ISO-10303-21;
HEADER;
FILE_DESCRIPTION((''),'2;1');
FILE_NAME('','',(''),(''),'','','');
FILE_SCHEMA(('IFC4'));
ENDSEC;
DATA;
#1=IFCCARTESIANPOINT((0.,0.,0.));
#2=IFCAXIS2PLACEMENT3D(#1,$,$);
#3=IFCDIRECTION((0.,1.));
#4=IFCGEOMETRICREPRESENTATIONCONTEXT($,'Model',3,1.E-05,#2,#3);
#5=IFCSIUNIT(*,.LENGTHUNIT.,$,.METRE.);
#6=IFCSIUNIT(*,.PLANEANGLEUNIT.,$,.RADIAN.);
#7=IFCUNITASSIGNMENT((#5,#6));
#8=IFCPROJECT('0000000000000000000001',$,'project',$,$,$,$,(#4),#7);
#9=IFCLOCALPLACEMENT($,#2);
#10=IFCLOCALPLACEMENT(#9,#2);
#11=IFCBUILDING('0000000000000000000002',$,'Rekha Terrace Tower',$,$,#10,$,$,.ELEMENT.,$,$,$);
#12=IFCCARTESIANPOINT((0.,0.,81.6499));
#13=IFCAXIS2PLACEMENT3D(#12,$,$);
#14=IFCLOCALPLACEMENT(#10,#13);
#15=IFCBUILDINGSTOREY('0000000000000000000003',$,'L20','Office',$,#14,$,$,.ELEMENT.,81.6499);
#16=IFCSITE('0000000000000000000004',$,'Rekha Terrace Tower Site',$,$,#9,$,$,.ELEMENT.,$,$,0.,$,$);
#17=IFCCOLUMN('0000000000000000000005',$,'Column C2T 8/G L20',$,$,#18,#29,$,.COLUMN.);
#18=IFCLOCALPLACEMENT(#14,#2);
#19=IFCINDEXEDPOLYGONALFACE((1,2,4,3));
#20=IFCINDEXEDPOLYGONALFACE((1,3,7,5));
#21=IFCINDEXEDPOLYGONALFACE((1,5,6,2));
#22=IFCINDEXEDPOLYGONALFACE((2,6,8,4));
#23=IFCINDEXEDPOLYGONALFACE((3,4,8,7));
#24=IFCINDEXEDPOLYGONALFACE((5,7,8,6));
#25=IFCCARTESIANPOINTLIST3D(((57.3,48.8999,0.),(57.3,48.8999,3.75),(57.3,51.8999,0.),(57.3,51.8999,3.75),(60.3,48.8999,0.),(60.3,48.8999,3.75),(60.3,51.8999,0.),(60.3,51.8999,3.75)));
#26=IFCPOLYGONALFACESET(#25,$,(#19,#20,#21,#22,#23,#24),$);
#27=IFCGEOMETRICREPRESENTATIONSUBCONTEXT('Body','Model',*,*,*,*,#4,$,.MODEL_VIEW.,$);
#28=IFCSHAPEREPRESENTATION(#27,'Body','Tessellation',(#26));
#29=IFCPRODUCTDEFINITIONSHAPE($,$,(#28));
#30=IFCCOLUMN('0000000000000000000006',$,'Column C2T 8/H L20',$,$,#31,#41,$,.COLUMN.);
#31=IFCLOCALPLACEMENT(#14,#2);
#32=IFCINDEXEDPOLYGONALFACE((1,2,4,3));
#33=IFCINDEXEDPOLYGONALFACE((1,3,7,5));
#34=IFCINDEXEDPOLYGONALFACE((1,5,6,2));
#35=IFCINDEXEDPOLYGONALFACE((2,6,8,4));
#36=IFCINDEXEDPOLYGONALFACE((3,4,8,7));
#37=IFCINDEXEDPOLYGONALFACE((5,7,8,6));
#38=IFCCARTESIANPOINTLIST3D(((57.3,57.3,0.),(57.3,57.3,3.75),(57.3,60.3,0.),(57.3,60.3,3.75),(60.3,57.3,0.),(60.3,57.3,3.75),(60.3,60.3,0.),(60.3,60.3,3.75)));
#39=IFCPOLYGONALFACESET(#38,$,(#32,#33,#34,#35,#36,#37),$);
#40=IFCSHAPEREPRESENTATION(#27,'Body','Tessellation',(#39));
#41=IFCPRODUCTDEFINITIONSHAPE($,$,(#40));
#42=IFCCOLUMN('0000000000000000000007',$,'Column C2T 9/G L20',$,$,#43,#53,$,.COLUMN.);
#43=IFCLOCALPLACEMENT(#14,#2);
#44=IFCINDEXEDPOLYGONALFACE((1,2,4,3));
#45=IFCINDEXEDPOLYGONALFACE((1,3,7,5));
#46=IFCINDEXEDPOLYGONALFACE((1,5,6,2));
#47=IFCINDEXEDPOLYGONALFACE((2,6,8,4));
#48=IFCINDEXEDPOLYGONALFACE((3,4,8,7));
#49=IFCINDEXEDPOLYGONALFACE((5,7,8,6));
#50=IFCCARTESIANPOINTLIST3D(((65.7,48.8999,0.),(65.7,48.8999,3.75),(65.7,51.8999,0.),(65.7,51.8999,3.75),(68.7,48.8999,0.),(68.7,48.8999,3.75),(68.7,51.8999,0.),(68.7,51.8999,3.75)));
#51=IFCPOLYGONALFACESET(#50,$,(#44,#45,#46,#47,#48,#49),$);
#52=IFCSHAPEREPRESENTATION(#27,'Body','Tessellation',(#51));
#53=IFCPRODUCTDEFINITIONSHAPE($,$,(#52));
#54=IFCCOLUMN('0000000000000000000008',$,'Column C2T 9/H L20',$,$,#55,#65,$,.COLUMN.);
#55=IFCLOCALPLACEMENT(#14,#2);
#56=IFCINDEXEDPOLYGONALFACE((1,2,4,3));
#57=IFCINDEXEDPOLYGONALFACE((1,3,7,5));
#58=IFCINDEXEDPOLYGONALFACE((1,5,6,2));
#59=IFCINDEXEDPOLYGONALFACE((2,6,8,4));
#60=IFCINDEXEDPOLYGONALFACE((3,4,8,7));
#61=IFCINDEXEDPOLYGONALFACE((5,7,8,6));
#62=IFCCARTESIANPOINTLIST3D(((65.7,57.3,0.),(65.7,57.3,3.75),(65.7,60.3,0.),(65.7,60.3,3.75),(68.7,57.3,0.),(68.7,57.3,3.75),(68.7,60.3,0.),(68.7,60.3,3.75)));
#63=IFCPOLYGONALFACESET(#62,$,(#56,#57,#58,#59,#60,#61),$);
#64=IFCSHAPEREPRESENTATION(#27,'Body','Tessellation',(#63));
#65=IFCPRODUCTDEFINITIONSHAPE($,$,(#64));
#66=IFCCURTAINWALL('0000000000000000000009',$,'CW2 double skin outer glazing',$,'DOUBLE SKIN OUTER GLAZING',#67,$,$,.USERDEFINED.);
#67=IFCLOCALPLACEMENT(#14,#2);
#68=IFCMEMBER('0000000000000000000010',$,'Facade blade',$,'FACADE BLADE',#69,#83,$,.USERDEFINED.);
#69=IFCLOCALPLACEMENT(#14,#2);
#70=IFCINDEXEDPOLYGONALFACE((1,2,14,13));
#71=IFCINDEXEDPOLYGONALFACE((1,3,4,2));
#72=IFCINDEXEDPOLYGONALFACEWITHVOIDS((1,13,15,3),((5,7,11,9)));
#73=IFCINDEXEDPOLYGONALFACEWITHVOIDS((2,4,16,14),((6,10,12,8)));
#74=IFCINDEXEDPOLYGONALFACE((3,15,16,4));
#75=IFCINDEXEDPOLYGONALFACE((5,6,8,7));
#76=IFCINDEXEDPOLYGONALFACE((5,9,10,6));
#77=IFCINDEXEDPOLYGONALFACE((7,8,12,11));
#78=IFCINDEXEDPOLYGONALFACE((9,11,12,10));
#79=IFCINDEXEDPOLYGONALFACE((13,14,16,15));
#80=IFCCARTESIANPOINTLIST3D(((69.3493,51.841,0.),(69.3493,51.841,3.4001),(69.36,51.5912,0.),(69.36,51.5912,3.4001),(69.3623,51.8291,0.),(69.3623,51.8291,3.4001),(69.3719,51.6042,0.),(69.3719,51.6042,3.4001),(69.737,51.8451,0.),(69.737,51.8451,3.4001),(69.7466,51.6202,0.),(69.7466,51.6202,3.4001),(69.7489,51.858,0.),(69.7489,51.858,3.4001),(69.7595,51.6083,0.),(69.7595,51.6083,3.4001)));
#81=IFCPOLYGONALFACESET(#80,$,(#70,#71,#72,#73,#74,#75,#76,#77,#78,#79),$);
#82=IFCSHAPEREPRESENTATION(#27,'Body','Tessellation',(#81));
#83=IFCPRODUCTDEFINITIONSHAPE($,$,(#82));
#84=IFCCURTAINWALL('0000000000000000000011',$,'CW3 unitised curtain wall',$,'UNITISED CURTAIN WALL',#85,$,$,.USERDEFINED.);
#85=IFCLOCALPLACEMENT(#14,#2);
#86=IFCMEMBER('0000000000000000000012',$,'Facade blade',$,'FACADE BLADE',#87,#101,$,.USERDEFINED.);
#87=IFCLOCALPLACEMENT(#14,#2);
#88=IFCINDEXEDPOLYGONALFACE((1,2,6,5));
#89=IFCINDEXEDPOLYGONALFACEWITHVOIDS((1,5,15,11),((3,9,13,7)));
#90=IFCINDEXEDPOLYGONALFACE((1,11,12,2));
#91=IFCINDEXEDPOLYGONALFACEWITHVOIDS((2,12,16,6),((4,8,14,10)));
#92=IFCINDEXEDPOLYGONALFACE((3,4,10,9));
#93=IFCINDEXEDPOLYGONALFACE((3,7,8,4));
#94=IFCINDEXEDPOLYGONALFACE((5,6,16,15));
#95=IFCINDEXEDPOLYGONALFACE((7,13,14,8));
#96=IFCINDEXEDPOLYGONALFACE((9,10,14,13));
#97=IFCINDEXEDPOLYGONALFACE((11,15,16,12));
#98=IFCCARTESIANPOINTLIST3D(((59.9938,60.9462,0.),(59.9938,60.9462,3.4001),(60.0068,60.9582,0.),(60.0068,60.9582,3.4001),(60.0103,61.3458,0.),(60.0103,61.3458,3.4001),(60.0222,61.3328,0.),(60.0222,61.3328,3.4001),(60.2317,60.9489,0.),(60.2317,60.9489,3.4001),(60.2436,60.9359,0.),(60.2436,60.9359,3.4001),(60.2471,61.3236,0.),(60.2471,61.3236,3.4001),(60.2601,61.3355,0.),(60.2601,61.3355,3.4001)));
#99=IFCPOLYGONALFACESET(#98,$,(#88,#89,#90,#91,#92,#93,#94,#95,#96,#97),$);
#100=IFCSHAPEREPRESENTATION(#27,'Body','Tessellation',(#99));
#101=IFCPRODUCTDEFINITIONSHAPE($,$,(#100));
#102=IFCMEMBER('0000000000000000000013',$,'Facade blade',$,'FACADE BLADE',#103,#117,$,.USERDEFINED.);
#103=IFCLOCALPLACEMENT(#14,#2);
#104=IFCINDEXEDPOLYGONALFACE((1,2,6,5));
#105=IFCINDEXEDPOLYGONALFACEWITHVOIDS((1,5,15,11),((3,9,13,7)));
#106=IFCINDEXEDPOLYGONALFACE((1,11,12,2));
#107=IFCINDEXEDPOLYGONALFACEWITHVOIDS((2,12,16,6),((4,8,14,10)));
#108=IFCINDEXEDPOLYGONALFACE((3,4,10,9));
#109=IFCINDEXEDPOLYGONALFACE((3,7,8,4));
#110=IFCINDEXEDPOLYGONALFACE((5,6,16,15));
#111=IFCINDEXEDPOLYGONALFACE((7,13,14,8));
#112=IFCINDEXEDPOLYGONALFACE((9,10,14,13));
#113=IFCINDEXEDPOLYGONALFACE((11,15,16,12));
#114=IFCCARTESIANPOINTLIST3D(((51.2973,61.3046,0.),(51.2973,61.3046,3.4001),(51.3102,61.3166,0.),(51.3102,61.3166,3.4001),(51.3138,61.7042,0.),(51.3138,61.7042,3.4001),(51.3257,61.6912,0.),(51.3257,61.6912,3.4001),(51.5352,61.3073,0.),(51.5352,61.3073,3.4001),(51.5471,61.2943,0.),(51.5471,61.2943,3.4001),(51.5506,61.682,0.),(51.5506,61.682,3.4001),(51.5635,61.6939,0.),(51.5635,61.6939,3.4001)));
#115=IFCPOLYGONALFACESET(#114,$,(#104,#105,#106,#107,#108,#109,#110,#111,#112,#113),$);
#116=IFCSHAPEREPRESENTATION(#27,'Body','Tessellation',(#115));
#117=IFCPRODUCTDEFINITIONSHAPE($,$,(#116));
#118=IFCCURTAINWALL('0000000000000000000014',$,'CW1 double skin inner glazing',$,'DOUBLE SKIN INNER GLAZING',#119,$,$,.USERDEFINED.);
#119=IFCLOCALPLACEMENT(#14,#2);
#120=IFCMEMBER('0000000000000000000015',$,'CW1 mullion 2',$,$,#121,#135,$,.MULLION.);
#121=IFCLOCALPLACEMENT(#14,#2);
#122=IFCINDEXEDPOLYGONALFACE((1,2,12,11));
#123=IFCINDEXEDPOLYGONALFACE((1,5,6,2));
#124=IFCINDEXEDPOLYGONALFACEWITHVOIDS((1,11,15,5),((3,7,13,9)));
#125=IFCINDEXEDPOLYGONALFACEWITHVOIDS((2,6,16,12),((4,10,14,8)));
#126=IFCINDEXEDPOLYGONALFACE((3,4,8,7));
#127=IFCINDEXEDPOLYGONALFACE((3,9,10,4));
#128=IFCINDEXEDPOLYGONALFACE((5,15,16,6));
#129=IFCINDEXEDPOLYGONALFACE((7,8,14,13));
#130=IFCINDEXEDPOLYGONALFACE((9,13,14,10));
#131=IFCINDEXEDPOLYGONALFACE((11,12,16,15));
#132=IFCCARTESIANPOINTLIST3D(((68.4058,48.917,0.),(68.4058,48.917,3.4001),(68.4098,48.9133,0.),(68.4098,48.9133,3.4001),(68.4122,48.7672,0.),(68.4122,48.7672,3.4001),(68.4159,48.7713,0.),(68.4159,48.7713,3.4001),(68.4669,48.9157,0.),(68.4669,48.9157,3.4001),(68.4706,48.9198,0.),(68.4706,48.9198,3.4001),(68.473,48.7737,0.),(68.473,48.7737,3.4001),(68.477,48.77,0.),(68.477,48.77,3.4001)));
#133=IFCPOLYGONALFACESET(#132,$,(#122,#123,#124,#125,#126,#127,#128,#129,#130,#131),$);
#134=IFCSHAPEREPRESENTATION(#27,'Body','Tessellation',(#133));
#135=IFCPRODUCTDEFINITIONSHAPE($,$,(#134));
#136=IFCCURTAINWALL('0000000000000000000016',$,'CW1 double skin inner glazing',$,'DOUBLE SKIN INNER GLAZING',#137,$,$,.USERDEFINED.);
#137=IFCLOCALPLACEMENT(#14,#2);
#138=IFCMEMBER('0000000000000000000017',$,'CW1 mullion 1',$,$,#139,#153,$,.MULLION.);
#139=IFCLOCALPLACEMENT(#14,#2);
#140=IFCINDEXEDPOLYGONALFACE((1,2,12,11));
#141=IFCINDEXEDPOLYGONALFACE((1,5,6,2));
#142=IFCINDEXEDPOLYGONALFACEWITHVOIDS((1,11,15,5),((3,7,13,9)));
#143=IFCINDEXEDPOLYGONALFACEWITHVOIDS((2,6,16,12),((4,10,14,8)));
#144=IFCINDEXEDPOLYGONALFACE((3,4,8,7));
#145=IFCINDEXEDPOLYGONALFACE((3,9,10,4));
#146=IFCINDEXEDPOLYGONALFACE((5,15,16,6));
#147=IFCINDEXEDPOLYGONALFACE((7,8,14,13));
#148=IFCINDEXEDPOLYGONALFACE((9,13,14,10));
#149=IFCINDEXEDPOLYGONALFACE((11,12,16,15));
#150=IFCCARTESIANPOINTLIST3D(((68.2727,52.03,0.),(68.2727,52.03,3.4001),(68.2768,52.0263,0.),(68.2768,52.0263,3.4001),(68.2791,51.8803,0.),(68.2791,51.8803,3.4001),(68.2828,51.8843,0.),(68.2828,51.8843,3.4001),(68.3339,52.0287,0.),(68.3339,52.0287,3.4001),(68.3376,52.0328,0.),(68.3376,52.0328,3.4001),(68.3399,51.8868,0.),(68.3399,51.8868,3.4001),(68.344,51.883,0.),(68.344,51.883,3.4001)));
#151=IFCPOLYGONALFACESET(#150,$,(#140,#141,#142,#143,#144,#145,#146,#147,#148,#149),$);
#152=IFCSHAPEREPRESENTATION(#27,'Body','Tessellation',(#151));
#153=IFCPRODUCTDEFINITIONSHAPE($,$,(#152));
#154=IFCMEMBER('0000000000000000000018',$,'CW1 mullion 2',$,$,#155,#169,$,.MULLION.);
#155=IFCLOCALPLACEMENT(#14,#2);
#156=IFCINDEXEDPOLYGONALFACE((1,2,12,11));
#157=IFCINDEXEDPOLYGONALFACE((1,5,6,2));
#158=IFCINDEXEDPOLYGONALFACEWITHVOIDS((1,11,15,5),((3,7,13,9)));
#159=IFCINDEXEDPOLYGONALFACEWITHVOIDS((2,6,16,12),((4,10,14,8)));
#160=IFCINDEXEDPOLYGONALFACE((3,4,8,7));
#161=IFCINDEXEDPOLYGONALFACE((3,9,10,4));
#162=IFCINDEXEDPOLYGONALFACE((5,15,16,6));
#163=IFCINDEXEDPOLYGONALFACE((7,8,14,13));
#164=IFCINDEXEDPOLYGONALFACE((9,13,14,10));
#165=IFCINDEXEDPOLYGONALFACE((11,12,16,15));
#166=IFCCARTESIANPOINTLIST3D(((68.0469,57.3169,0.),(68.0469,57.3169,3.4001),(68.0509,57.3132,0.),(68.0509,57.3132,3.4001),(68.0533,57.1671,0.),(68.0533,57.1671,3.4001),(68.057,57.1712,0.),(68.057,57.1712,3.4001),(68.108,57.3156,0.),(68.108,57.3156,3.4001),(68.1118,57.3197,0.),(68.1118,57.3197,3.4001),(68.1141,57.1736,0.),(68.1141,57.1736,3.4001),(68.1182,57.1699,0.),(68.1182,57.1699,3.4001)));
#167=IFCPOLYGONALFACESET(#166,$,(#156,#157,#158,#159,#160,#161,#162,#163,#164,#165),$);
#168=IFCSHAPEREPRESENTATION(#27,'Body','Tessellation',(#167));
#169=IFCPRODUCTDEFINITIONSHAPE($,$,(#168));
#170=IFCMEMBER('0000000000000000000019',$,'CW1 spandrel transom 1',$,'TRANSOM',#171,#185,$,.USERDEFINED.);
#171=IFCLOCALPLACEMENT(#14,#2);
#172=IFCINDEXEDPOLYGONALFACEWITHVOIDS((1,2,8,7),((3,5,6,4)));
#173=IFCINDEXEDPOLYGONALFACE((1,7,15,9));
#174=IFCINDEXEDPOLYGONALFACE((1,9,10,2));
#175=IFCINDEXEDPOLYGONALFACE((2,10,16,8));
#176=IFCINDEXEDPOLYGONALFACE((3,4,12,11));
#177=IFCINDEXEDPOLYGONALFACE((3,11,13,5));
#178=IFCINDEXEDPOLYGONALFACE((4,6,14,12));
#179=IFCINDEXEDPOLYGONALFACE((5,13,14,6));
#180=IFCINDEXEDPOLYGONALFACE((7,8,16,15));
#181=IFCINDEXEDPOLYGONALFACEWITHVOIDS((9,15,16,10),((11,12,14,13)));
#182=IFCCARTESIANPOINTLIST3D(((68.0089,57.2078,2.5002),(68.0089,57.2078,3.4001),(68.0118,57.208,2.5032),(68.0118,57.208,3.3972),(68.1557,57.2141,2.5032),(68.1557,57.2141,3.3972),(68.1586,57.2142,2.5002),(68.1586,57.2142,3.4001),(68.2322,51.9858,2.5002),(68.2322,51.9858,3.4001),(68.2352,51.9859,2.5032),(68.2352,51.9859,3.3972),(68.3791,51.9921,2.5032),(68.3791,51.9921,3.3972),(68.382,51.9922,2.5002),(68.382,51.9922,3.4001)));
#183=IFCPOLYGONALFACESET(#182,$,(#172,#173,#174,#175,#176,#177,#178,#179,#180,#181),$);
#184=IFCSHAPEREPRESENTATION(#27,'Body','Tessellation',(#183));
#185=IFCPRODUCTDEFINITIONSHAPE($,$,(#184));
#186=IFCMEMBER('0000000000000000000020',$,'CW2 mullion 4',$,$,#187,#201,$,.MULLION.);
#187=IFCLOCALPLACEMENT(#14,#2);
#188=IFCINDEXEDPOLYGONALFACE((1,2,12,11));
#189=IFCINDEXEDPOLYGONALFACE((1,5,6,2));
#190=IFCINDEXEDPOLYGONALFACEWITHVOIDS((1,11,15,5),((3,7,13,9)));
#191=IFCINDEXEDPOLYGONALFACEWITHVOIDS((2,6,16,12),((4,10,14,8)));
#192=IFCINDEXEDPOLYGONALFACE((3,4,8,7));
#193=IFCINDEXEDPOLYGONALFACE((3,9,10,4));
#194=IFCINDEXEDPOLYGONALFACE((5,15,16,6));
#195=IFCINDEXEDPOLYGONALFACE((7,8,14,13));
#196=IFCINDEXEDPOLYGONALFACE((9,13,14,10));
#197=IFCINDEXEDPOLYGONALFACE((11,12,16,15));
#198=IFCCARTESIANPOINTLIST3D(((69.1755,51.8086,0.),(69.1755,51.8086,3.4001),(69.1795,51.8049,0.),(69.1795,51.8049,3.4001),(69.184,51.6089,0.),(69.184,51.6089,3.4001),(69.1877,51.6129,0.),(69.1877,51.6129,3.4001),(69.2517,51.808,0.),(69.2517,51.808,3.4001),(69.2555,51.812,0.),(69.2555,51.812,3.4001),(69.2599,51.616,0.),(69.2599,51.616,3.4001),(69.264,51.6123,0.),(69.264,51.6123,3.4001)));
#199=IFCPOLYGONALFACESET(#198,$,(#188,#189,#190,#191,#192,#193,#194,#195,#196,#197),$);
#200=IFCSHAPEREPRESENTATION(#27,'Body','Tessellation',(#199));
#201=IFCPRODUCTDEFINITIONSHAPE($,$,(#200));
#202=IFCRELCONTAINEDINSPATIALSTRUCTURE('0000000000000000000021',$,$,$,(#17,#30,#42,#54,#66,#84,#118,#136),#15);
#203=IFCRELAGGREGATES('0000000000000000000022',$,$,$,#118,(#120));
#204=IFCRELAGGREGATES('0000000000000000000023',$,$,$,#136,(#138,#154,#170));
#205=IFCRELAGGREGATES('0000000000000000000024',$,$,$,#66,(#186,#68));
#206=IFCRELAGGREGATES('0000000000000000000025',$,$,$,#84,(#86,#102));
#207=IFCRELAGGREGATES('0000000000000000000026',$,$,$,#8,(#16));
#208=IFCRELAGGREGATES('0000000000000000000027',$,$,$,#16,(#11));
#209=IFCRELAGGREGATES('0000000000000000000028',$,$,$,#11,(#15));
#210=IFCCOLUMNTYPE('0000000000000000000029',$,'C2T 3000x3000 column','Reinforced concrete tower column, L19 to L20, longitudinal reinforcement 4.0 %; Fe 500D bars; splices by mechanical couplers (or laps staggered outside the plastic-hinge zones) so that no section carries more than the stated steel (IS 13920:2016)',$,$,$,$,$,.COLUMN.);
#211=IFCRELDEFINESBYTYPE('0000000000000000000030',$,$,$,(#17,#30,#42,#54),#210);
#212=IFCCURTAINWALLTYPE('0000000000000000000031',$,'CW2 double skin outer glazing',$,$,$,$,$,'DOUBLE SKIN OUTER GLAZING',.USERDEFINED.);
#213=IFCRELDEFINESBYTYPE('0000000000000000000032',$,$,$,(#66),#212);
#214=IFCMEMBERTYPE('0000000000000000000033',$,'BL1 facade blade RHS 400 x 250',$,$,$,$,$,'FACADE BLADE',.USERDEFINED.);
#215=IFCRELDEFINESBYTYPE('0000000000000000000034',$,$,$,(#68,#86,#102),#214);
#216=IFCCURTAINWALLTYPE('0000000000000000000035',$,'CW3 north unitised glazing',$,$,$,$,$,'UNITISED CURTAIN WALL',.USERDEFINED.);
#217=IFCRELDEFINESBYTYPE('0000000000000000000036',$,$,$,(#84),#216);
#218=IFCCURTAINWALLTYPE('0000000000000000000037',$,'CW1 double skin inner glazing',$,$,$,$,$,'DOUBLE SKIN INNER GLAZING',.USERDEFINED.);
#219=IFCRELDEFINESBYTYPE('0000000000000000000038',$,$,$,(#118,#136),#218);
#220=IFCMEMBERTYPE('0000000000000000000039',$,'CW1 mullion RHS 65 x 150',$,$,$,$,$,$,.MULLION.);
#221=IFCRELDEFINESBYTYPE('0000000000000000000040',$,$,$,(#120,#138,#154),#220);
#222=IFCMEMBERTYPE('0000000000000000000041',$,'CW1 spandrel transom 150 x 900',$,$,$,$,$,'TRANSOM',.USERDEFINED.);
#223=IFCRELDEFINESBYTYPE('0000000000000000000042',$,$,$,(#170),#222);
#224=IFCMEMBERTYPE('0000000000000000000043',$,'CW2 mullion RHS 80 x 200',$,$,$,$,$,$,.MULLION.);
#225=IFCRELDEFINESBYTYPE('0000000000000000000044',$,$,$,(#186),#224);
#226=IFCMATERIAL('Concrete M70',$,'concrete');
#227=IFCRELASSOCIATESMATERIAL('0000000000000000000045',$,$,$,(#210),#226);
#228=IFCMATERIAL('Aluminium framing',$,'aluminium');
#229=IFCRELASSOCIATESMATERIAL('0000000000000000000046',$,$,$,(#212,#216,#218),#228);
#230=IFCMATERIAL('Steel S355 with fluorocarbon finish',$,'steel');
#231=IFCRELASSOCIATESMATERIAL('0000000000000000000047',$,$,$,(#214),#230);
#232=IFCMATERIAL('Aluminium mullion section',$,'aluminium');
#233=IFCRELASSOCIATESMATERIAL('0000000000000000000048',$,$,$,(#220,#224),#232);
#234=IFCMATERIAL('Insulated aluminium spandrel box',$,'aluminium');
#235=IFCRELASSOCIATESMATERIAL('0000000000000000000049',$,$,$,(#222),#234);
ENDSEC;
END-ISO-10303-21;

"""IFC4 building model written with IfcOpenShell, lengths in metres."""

from ifc_helpers import new_model, si_unit, direction, frame, origin, origin_2d, place, context, subcontext, project, spatial, rectangle, hollow_rectangle, extrude, material, material_profile, profile_set, type_object, element, aggregate, save


model = new_model("IFC4")

# Units and contexts
model_context = context("Model", 3, precision=1e-05, world=origin(), true_north=direction((0.0, 1.0)))
body_context = subcontext(model_context, "Body", "Model", "MODEL_VIEW")
ifc_project = project(units=[si_unit("LENGTHUNIT", "METRE"), si_unit("PLANEANGLEUNIT", "RADIAN")], contexts=[model_context])

# Site, building, storey
site_placement = place(None, origin())
site = spatial("IfcSite", under=ifc_project, at=site_placement, Name="Rekha Terrace Tower Site", CompositionType="ELEMENT", RefElevation=0.0)
building_placement = place(site_placement, origin())
building = spatial("IfcBuilding", under=site, at=building_placement, Name="Rekha Terrace Tower", CompositionType="ELEMENT")
storey_placement = place(building_placement, frame((0.0, 0.0, 81.6499)))
storey = spatial("IfcBuildingStorey", under=building, at=storey_placement, Name="L20", Description="Office", CompositionType="ELEMENT", Elevation=81.6499)

# Columns
ifc_material_1 = material(Name="Concrete M70", Category="concrete")
ifc_material_profile_1 = material_profile(ifc_material_1, rectangle(XDim=3.0, YDim=3.0, at=origin_2d()), Name="RC 3000x3000")
ifc_profile_set_1 = profile_set([ifc_material_profile_1], Name="Concrete M70")
column_type = type_object("IfcColumnType", Name="C2T 3000x3000 column", Description="Reinforced concrete tower column, L19 to L20, longitudinal reinforcement 4.0 %; Fe 500D bars; splices by mechanical couplers (or laps staggered outside the plastic-hinge zones) so that no section carries more than the stated steel (IS 13920:2016)", PredefinedType="COLUMN", material=ifc_profile_set_1)
for number, where, z_axis, x_axis, name in (
    (1, (58.8, 50.3999, 0.0), (0.0, 0.0, 1.0), (1.0, 0.0, 0.0), "Column C2T 8/G L20"),
    (2, (58.8, 58.8, 0.0), (0.0, 0.0, 1.0), (1.0, 0.0, 0.0), "Column C2T 8/H L20"),
    (3, (67.2, 50.3999, 0.0), (0.0, 0.0, 1.0), (1.0, 0.0, 0.0), "Column C2T 9/G L20"),
    (4, (67.2, 58.8, 0.0), (0.0, 0.0, 1.0), (1.0, 0.0, 0.0), "Column C2T 9/H L20"),
):
    element("IfcColumn", number, at=place(storey_placement, frame(where, z_axis=z_axis, x_axis=x_axis)), inside=storey, type_object=column_type, Name=name, PredefinedType="COLUMN", context=body_context, shape_type="SweptSolid", body=[
        extrude(rectangle(XDim=3.0, YDim=3.0, at=origin_2d()), origin(), (0.0, 0.0, 1.0), 3.75),
    ])

# Curtain wall, member
ifc_material_2 = material(Name="Aluminium framing", Category="aluminium")
curtain_wall_type_1 = type_object("IfcCurtainWallType", Name="CW2 double skin outer glazing", ElementType="DOUBLE SKIN OUTER GLAZING", PredefinedType="USERDEFINED", material=ifc_material_2)
curtain_wall_1_placement = place(storey_placement, origin())
curtain_wall_1 = element("IfcCurtainWall", 5, at=curtain_wall_1_placement, inside=storey, type_object=curtain_wall_type_1, Name="CW2 double skin outer glazing", ObjectType="DOUBLE SKIN OUTER GLAZING", PredefinedType="USERDEFINED")
ifc_material_3 = material(Name="Steel S355 with fluorocarbon finish", Category="steel")
ifc_material_profile_2 = material_profile(ifc_material_3, hollow_rectangle(XDim=0.25, YDim=0.3999, WallThickness=0.0125, at=origin_2d()), Name="RHS400x250x12.5")
ifc_profile_set_2 = profile_set([ifc_material_profile_2], Name="Steel S355 with fluorocarbon finish")
member_type_1 = type_object("IfcMemberType", Name="BL1 facade blade RHS 400 x 250", ElementType="FACADE BLADE", PredefinedType="USERDEFINED", material=ifc_profile_set_2)
member_1_placement = place(storey_placement, frame((69.5544, 51.7246, 0.0), z_axis=(0.0, 0.0, 1.0), x_axis=(-0.042695, 0.999088, 0.0)))
member_1 = element("IfcMember", 6, at=member_1_placement, type_object=member_type_1, Name="Facade blade", ObjectType="FACADE BLADE", PredefinedType="USERDEFINED", context=body_context, shape_type="SweptSolid", body=[
    extrude(hollow_rectangle(XDim=0.25, YDim=0.3999, WallThickness=0.0125, at=origin_2d()), origin(), (0.0, 0.0, 1.0), 3.4001),
])

# Curtain wall, members
curtain_wall_type_2 = type_object("IfcCurtainWallType", Name="CW3 north unitised glazing", ElementType="UNITISED CURTAIN WALL", PredefinedType="USERDEFINED", material=ifc_material_2)
curtain_wall_2_placement = place(storey_placement, origin())
curtain_wall_2 = element("IfcCurtainWall", 7, at=curtain_wall_2_placement, inside=storey, type_object=curtain_wall_type_2, Name="CW3 unitised curtain wall", ObjectType="UNITISED CURTAIN WALL", PredefinedType="USERDEFINED")
member_2_placement = place(storey_placement, frame((60.127, 61.1409, 0.0), z_axis=(0.0, 0.0, 1.0), x_axis=(-0.999152, 0.041175, 0.0)))
member_2 = element("IfcMember", 8, at=member_2_placement, type_object=member_type_1, Name="Facade blade", ObjectType="FACADE BLADE", PredefinedType="USERDEFINED", context=body_context, shape_type="SweptSolid", body=[
    extrude(hollow_rectangle(XDim=0.25, YDim=0.3999, WallThickness=0.0125, at=origin_2d()), origin(), (0.0, 0.0, 1.0), 3.4001),
])
member_3_placement = place(storey_placement, frame((51.4304, 61.4993, 0.0), z_axis=(0.0, 0.0, 1.0), x_axis=(-0.999152, 0.041175, 0.0)))
member_3 = element("IfcMember", 9, at=member_3_placement, type_object=member_type_1, Name="Facade blade", ObjectType="FACADE BLADE", PredefinedType="USERDEFINED", context=body_context, shape_type="SweptSolid", body=[
    extrude(hollow_rectangle(XDim=0.25, YDim=0.3999, WallThickness=0.0125, at=origin_2d()), origin(), (0.0, 0.0, 1.0), 3.4001),
])

# Curtain wall, member
curtain_wall_type_3 = type_object("IfcCurtainWallType", Name="CW1 double skin inner glazing", ElementType="DOUBLE SKIN INNER GLAZING", PredefinedType="USERDEFINED", material=ifc_material_2)
curtain_wall_3_placement = place(storey_placement, origin())
curtain_wall_3 = element("IfcCurtainWall", 10, at=curtain_wall_3_placement, inside=storey, type_object=curtain_wall_type_3, Name="CW1 double skin inner glazing", ObjectType="DOUBLE SKIN INNER GLAZING", PredefinedType="USERDEFINED")
ifc_material_4 = material(Name="Aluminium mullion section", Category="aluminium")
ifc_material_profile_3 = material_profile(ifc_material_4, hollow_rectangle(XDim=0.0649, YDim=0.1499, WallThickness=0.0039, at=origin_2d()), Name="AL RHS 65x150")
ifc_profile_set_3 = profile_set([ifc_material_profile_3], Name="Aluminium mullion section")
member_type_2 = type_object("IfcMemberType", Name="CW1 mullion RHS 65 x 150", PredefinedType="MULLION", material=ifc_profile_set_3)
member_4_placement = place(storey_placement, frame((68.4414, 48.8435, 0.0), z_axis=(0.0, 0.0, 1.0), x_axis=(-0.999088, -0.042696, 0.0)))
member_4 = element("IfcMember", 11, at=member_4_placement, type_object=member_type_2, Name="CW1 mullion 2", PredefinedType="MULLION", context=body_context, shape_type="SweptSolid", body=[
    extrude(hollow_rectangle(XDim=0.0649, YDim=0.1499, WallThickness=0.0039, at=origin_2d()), origin(), (0.0, 0.0, 1.0), 3.4001),
])
aggregate(curtain_wall_3, [member_4])

# Curtain wall, members
curtain_wall_4_placement = place(storey_placement, origin())
curtain_wall_4 = element("IfcCurtainWall", 12, at=curtain_wall_4_placement, inside=storey, type_object=curtain_wall_type_3, Name="CW1 double skin inner glazing", ObjectType="DOUBLE SKIN INNER GLAZING", PredefinedType="USERDEFINED")
member_5_placement = place(storey_placement, frame((68.3083, 51.9565, 0.0), z_axis=(0.0, 0.0, 1.0), x_axis=(-0.999088, -0.042696, 0.0)))
member_5 = element("IfcMember", 13, at=member_5_placement, type_object=member_type_2, Name="CW1 mullion 1", PredefinedType="MULLION", context=body_context, shape_type="SweptSolid", body=[
    extrude(hollow_rectangle(XDim=0.0649, YDim=0.1499, WallThickness=0.0039, at=origin_2d()), origin(), (0.0, 0.0, 1.0), 3.4001),
])
member_6_placement = place(storey_placement, frame((68.0825, 57.2434, 0.0), z_axis=(0.0, 0.0, 1.0), x_axis=(-0.999088, -0.042696, 0.0)))
member_6 = element("IfcMember", 14, at=member_6_placement, type_object=member_type_2, Name="CW1 mullion 2", PredefinedType="MULLION", context=body_context, shape_type="SweptSolid", body=[
    extrude(hollow_rectangle(XDim=0.0649, YDim=0.1499, WallThickness=0.0039, at=origin_2d()), origin(), (0.0, 0.0, 1.0), 3.4001),
])
ifc_material_5 = material(Name="Insulated aluminium spandrel box", Category="aluminium")
ifc_material_profile_4 = material_profile(ifc_material_5, hollow_rectangle(XDim=0.1499, YDim=0.8999, WallThickness=0.0029, at=origin_2d()), Name="AL SPANDREL BOX 150x900")
ifc_profile_set_4 = profile_set([ifc_material_profile_4], Name="Insulated aluminium spandrel box")
member_type_3 = type_object("IfcMemberType", Name="CW1 spandrel transom 150 x 900", ElementType="TRANSOM", PredefinedType="USERDEFINED", material=ifc_profile_set_4)
member_7_placement = place(storey_placement, frame((68.3071, 51.989, 2.9502), z_axis=(-0.04274, 0.999086, 0.0), x_axis=(-0.999086, -0.04274, 0.0)))
member_7 = element("IfcMember", 15, at=member_7_placement, type_object=member_type_3, Name="CW1 spandrel transom 1", ObjectType="TRANSOM", PredefinedType="USERDEFINED", context=body_context, shape_type="SweptSolid", body=[
    extrude(hollow_rectangle(XDim=0.1499, YDim=0.8999, WallThickness=0.0029, at=origin_2d()), origin(), (0.0, 0.0, 1.0), 5.2268),
])

# Member
ifc_material_profile_5 = material_profile(ifc_material_4, hollow_rectangle(XDim=0.0801, YDim=0.2, WallThickness=0.0039, at=origin_2d()), Name="AL RHS 80x200")
ifc_profile_set_5 = profile_set([ifc_material_profile_5], Name="Aluminium mullion section")
member_type_4 = type_object("IfcMemberType", Name="CW2 mullion RHS 80 x 200", PredefinedType="MULLION", material=ifc_profile_set_5)
member_8_placement = place(storey_placement, frame((69.2197, 51.7104, 0.0), z_axis=(0.0, 0.0, 1.0), x_axis=(-0.999088, -0.042696, 0.0)))
member_8 = element("IfcMember", 16, at=member_8_placement, type_object=member_type_4, Name="CW2 mullion 4", PredefinedType="MULLION", context=body_context, shape_type="SweptSolid", body=[
    extrude(hollow_rectangle(XDim=0.0801, YDim=0.2, WallThickness=0.0039, at=origin_2d()), origin(), (0.0, 0.0, 1.0), 3.4001),
])

aggregate(curtain_wall_4, [member_5, member_6, member_7])
aggregate(curtain_wall_1, [member_8, member_1])
aggregate(curtain_wall_2, [member_2, member_3])

save(model, "model.ifc")
